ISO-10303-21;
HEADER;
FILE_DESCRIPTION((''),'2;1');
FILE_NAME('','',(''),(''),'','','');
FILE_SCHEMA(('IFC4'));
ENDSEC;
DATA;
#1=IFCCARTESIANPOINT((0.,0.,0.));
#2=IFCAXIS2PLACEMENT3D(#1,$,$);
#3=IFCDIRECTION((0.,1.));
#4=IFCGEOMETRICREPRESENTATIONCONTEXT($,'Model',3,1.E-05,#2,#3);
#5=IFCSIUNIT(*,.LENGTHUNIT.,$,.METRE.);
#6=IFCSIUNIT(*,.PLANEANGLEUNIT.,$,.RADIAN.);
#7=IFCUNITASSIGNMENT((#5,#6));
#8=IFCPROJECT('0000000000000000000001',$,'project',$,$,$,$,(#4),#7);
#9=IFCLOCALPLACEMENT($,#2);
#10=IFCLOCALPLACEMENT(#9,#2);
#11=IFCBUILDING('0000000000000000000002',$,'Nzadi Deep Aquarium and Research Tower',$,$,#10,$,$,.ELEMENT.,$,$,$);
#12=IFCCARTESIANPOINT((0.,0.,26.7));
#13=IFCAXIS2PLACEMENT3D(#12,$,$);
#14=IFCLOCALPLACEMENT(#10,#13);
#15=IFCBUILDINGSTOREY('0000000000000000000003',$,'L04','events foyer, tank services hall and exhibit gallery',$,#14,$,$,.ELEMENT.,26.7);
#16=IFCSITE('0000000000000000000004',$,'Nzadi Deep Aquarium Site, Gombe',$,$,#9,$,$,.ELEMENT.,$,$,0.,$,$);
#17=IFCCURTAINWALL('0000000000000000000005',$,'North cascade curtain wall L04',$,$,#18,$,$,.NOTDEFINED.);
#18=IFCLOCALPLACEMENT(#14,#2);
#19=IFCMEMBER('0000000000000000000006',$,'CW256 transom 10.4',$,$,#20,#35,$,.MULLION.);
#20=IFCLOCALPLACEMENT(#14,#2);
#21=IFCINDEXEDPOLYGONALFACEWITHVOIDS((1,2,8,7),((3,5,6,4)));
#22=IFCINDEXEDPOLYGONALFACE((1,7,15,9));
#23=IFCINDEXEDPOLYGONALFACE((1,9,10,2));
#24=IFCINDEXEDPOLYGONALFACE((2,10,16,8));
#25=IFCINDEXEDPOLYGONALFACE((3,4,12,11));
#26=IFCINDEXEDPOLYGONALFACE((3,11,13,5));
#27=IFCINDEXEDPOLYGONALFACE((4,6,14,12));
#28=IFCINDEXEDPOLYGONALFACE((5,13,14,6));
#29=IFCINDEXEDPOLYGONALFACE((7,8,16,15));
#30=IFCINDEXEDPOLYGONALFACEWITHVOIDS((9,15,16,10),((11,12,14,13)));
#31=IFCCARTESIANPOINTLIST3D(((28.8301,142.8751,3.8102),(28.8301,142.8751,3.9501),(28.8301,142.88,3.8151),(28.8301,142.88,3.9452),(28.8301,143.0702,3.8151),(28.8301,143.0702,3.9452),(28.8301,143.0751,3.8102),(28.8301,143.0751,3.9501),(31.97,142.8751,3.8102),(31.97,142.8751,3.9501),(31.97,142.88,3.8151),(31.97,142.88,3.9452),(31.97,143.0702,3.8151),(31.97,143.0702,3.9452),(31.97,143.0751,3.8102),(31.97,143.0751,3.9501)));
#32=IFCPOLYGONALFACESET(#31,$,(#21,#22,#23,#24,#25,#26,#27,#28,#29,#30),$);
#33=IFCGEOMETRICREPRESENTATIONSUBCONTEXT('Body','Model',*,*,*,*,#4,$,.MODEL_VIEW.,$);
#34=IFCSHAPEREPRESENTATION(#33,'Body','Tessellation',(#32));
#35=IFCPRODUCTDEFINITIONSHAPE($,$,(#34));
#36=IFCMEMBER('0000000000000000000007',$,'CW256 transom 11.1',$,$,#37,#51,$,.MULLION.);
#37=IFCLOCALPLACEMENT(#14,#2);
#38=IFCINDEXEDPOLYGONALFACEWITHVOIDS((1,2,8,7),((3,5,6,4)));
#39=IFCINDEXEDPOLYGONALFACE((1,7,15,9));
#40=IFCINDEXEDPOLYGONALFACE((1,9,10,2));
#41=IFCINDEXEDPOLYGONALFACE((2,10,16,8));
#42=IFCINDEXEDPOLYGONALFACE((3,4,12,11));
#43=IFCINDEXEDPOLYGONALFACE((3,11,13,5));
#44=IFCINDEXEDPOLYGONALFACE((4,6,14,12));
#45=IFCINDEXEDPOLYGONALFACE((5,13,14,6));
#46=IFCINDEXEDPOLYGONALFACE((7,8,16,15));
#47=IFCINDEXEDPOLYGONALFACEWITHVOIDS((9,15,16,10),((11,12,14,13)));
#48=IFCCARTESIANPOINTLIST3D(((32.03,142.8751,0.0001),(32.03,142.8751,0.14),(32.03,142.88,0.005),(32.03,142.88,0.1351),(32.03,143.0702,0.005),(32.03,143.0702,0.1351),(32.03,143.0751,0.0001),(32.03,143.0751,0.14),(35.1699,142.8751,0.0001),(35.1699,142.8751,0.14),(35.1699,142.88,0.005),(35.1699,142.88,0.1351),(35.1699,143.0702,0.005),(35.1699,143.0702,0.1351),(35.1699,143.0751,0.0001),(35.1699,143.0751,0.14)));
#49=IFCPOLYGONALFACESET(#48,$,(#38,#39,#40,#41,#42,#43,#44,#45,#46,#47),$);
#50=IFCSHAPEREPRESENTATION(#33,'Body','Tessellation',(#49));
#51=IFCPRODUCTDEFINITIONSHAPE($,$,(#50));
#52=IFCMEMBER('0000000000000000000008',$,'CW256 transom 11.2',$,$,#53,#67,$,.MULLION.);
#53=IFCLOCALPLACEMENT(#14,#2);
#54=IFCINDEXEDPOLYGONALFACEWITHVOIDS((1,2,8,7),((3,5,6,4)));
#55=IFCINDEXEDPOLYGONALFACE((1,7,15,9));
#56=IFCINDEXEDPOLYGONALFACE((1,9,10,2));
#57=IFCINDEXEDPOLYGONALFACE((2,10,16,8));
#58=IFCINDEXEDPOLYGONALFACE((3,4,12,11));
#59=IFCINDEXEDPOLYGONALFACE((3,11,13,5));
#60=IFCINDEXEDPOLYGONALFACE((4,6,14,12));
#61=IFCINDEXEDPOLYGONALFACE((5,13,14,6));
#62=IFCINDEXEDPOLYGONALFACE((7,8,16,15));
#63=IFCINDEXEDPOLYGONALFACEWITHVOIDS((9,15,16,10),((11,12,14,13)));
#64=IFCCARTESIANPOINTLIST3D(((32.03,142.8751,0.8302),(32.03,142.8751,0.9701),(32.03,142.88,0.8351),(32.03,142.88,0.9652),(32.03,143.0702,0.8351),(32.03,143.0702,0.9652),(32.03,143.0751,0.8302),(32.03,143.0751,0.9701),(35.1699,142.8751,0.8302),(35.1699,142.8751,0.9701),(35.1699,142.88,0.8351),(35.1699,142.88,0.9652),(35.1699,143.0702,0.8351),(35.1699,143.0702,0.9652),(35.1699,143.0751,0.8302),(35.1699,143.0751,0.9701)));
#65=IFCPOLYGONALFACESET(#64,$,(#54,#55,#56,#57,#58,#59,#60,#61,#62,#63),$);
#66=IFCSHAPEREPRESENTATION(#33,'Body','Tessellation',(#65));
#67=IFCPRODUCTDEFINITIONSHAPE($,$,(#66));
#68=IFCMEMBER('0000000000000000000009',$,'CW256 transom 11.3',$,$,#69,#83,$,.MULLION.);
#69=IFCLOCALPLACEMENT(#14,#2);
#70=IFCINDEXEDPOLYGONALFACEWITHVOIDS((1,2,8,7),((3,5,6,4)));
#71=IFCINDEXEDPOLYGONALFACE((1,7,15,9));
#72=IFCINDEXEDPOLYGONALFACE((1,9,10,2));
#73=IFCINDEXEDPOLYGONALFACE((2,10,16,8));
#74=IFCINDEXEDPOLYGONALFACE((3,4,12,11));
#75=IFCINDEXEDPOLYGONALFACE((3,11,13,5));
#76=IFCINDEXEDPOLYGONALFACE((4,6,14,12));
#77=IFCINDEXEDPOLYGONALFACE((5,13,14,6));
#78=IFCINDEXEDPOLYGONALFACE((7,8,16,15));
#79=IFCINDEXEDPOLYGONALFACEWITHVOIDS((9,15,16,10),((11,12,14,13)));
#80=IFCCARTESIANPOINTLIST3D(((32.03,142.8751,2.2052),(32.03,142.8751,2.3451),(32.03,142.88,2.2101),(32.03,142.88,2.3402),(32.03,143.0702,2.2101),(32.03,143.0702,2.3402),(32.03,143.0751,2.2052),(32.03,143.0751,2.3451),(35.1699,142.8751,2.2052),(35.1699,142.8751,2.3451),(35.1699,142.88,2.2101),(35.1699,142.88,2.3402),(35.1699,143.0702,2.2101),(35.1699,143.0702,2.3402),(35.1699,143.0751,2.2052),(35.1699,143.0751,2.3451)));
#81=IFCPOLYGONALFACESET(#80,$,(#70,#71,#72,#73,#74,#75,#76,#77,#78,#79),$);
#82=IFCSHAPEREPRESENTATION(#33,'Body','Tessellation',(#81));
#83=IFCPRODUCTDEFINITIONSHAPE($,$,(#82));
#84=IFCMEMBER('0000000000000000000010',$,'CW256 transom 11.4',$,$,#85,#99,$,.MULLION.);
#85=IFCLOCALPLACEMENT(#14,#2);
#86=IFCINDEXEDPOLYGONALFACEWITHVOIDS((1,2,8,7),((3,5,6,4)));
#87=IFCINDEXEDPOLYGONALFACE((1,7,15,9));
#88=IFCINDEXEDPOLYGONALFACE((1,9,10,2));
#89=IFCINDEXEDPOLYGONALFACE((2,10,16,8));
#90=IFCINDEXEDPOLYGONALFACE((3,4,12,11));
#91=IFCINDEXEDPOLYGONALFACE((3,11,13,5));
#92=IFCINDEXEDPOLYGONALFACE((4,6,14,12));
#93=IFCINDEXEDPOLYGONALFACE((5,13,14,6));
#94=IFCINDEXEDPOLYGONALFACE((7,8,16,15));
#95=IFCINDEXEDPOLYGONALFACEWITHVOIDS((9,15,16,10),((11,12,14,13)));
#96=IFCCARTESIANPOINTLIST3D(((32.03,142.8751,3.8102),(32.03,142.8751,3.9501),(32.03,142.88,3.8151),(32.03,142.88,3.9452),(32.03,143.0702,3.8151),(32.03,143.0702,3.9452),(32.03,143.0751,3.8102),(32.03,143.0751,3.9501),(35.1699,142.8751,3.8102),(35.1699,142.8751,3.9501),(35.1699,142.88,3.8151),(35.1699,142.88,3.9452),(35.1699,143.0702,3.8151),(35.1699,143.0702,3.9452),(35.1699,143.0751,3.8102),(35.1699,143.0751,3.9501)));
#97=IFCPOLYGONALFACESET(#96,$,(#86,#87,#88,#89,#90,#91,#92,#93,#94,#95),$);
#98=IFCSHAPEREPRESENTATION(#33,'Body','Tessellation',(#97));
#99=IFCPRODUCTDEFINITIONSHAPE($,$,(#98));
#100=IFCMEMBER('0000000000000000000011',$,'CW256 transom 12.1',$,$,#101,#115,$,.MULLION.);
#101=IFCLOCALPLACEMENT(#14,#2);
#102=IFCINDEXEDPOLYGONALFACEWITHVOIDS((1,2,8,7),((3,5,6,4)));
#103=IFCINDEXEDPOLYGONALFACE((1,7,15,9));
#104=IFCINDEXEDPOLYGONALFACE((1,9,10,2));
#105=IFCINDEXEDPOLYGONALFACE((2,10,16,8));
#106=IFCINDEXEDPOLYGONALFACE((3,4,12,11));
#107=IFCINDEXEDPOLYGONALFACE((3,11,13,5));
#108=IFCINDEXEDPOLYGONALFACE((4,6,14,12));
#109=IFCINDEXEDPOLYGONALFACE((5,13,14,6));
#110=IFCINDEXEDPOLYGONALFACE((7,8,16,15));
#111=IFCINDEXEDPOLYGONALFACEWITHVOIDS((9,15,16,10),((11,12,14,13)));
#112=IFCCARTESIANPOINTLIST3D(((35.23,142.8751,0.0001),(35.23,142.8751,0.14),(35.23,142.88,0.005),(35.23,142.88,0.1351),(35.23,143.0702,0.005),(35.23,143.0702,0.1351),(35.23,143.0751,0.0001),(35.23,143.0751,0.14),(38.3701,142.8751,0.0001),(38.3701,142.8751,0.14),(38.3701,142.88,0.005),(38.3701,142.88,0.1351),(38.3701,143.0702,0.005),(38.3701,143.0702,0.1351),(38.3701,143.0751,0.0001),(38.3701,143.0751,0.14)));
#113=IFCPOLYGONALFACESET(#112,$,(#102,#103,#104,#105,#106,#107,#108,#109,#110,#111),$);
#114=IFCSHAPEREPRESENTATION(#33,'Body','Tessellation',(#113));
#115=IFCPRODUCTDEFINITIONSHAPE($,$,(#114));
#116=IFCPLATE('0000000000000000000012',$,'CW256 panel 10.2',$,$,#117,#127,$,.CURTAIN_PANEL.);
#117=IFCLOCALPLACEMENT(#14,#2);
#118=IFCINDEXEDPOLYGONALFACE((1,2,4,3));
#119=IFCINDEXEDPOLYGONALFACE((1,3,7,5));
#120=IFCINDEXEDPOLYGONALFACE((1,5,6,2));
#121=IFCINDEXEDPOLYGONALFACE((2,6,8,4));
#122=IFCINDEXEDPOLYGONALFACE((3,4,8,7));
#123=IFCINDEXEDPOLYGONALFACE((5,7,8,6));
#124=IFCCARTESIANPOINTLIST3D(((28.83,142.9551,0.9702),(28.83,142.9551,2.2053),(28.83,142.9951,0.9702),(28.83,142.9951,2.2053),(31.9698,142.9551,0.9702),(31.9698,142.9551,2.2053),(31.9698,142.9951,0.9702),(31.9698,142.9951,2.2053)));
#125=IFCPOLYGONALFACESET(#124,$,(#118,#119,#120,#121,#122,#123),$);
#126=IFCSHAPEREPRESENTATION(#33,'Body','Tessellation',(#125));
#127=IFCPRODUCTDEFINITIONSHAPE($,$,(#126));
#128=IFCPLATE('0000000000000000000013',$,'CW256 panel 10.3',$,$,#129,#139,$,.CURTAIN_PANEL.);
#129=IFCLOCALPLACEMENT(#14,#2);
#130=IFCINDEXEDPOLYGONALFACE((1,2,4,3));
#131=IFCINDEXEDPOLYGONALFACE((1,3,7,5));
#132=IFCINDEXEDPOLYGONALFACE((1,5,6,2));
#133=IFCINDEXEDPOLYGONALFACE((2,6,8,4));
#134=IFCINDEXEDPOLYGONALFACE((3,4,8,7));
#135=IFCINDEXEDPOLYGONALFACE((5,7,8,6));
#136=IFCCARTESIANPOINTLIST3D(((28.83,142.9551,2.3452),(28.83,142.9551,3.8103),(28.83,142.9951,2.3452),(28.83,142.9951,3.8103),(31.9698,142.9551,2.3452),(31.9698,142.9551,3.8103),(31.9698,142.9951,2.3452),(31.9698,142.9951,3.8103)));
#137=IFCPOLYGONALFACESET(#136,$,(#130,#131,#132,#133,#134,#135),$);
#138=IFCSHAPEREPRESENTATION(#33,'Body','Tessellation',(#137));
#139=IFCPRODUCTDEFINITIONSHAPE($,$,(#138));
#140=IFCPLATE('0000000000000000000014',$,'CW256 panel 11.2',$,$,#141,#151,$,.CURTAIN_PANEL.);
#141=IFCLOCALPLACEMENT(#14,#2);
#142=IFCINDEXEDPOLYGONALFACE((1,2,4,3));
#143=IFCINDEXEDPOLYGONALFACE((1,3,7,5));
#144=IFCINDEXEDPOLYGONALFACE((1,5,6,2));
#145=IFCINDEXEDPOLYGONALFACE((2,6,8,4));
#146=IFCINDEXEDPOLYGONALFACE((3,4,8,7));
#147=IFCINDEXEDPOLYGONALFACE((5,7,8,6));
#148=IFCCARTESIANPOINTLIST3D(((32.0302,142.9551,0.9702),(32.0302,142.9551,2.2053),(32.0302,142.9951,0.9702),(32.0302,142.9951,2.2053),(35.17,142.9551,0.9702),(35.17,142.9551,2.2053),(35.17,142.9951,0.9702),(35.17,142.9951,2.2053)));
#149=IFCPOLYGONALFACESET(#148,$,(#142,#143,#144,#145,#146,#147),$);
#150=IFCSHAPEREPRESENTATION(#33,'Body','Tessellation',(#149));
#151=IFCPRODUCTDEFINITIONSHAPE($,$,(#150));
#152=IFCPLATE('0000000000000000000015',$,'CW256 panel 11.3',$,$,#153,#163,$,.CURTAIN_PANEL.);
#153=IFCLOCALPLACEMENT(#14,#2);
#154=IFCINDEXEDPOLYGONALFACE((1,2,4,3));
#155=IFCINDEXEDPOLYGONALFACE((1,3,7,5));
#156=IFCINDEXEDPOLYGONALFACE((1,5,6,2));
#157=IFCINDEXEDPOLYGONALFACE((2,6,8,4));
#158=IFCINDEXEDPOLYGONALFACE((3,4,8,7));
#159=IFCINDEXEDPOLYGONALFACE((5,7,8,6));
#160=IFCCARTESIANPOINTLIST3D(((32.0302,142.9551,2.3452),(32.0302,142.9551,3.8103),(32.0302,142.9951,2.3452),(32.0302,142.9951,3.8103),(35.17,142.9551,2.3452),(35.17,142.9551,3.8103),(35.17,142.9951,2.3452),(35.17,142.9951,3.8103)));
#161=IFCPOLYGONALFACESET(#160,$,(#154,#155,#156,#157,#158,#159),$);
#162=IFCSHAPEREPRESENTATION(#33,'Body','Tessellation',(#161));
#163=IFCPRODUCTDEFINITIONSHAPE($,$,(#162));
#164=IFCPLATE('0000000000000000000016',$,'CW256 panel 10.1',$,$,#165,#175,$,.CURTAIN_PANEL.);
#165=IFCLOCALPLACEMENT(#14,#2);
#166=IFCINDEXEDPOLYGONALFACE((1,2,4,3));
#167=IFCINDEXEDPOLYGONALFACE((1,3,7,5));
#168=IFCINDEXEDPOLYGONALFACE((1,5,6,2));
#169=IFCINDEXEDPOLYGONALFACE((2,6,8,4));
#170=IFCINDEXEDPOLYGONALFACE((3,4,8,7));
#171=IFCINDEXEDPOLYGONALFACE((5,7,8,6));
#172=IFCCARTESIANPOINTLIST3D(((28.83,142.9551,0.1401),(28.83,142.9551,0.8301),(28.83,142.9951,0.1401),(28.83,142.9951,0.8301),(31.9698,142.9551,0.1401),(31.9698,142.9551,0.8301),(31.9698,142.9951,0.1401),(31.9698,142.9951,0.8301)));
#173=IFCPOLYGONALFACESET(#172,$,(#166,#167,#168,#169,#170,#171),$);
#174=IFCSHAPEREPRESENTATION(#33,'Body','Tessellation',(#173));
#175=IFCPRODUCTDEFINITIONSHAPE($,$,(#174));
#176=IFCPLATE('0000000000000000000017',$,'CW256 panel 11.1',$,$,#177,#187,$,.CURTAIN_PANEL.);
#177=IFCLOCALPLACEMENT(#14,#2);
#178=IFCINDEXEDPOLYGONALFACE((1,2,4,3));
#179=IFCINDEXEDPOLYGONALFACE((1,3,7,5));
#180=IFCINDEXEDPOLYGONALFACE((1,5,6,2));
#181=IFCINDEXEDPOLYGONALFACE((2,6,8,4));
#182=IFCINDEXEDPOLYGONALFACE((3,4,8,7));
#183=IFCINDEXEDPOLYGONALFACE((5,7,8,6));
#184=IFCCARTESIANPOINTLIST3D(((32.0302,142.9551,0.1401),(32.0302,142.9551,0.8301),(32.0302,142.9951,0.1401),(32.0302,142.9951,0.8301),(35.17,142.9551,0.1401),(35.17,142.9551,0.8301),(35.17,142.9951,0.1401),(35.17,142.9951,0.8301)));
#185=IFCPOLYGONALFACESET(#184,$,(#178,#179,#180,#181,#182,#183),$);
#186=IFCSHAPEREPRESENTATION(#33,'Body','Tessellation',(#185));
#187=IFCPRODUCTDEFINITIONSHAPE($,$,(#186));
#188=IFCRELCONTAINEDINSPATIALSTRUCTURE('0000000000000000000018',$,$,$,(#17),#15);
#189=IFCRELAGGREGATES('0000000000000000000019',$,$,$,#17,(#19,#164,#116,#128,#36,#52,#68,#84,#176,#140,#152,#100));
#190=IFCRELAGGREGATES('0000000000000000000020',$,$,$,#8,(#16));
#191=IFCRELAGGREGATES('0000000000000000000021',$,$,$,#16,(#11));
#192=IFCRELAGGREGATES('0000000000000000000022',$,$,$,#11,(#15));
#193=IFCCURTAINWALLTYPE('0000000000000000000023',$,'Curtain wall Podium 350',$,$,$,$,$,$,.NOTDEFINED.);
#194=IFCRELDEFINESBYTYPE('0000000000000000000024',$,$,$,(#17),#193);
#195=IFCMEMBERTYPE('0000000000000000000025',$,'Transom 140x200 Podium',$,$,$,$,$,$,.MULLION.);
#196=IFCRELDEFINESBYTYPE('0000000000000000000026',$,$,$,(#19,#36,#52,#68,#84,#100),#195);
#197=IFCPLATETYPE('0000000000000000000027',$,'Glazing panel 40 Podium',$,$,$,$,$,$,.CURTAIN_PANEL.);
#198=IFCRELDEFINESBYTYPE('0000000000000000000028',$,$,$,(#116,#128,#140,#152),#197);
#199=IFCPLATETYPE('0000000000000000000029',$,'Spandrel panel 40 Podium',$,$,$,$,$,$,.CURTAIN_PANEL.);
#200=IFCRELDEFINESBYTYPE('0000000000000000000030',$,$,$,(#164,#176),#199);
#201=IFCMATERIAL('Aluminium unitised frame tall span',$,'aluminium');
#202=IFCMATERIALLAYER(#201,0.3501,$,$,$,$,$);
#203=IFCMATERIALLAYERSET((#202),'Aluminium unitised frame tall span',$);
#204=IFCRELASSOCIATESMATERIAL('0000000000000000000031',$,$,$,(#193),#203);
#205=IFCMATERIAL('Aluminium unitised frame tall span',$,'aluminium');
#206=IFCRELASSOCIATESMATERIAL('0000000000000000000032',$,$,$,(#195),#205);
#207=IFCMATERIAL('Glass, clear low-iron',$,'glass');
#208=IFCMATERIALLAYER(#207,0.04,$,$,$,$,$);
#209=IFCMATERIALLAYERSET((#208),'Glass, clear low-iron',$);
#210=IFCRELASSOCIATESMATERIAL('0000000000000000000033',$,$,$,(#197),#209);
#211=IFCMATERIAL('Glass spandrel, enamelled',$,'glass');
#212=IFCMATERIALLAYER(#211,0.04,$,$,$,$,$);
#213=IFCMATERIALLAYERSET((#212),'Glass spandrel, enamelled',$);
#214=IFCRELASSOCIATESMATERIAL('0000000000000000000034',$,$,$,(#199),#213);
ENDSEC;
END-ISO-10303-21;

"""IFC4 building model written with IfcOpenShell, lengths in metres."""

from ifc_helpers import new_model, si_unit, direction, frame, origin, origin_2d, place, context, subcontext, project, spatial, rectangle, hollow_rectangle, extrude, material, layer, layer_set, material_profile, profile_set, type_object, element, aggregate, save


model = new_model("IFC4")

# Units and contexts
model_context = context("Model", 3, precision=1e-05, world=origin(), true_north=direction((0.0, 1.0)))
body_context = subcontext(model_context, "Body", "Model", "MODEL_VIEW")
ifc_project = project(units=[si_unit("LENGTHUNIT", "METRE"), si_unit("PLANEANGLEUNIT", "RADIAN")], contexts=[model_context])

# Site, building, storey
site_placement = place(None, origin())
site = spatial("IfcSite", under=ifc_project, at=site_placement, Name="Nzadi Deep Aquarium Site, Gombe", CompositionType="ELEMENT", RefElevation=0.0)
building_placement = place(site_placement, origin())
building = spatial("IfcBuilding", under=site, at=building_placement, Name="Nzadi Deep Aquarium and Research Tower", CompositionType="ELEMENT")
storey_placement = place(building_placement, frame((0.0, 0.0, 26.7)))
storey = spatial("IfcBuildingStorey", under=building, at=storey_placement, Name="L04", Description="events foyer, tank services hall and exhibit gallery", CompositionType="ELEMENT", Elevation=26.7)

# Curtain wall
ifc_material_1 = material(Name="Aluminium unitised frame tall span", Category="aluminium")
ifc_layer_1 = layer(ifc_material_1, 0.3501)
ifc_layer_set_1 = layer_set([ifc_layer_1], Name="Aluminium unitised frame tall span")
curtain_wall_type = type_object("IfcCurtainWallType", Name="Curtain wall Podium 350", PredefinedType="NOTDEFINED", material=ifc_layer_set_1)
curtain_wall_placement = place(storey_placement, origin())
curtain_wall = element("IfcCurtainWall", 1, at=curtain_wall_placement, inside=storey, type_object=curtain_wall_type, Name="North cascade curtain wall L04", PredefinedType="NOTDEFINED")

# Members
ifc_material_2 = material(Name="Aluminium unitised frame tall span", Category="aluminium")
ifc_material_profile_1 = material_profile(ifc_material_2, hollow_rectangle(XDim=0.2, YDim=0.1399, WallThickness=0.0049, at=origin_2d()))
ifc_profile_set_1 = profile_set([ifc_material_profile_1], Name="Aluminium unitised frame tall span")
member_type_1 = type_object("IfcMemberType", Name="Transom 140x200 Podium", PredefinedType="MULLION", material=ifc_profile_set_1)
member_1_placement = place(storey_placement, frame((28.8301, 142.9751, 3.8801), z_axis=(1.0, 0.0, 0.0), x_axis=(0.0, 1.0, 0.0)))
member_1 = element("IfcMember", 2, at=member_1_placement, type_object=member_type_1, Name="CW256 transom 10.4", PredefinedType="MULLION", context=body_context, shape_type="SweptSolid", body=[
    extrude(hollow_rectangle(XDim=0.2, YDim=0.1399, WallThickness=0.0049, at=origin_2d()), origin(), (0.0, 0.0, 1.0), 3.1399),
])
member_2_placement = place(storey_placement, frame((32.03, 142.9751, 0.0701), z_axis=(1.0, 0.0, 0.0), x_axis=(0.0, 1.0, 0.0)))
member_2 = element("IfcMember", 3, at=member_2_placement, type_object=member_type_1, Name="CW256 transom 11.1", PredefinedType="MULLION", context=body_context, shape_type="SweptSolid", body=[
    extrude(hollow_rectangle(XDim=0.2, YDim=0.1399, WallThickness=0.0049, at=origin_2d()), origin(), (0.0, 0.0, 1.0), 3.1399),
])
member_3_placement = place(storey_placement, frame((32.03, 142.9751, 0.9001), z_axis=(1.0, 0.0, 0.0), x_axis=(0.0, 1.0, 0.0)))
member_3 = element("IfcMember", 4, at=member_3_placement, type_object=member_type_1, Name="CW256 transom 11.2", PredefinedType="MULLION", context=body_context, shape_type="SweptSolid", body=[
    extrude(hollow_rectangle(XDim=0.2, YDim=0.1399, WallThickness=0.0049, at=origin_2d()), origin(), (0.0, 0.0, 1.0), 3.1399),
])
member_4_placement = place(storey_placement, frame((32.03, 142.9751, 2.2751), z_axis=(1.0, 0.0, 0.0), x_axis=(0.0, 1.0, 0.0)))
member_4 = element("IfcMember", 5, at=member_4_placement, type_object=member_type_1, Name="CW256 transom 11.3", PredefinedType="MULLION", context=body_context, shape_type="SweptSolid", body=[
    extrude(hollow_rectangle(XDim=0.2, YDim=0.1399, WallThickness=0.0049, at=origin_2d()), origin(), (0.0, 0.0, 1.0), 3.1399),
])
member_5_placement = place(storey_placement, frame((32.03, 142.9751, 3.8801), z_axis=(1.0, 0.0, 0.0), x_axis=(0.0, 1.0, 0.0)))
member_5 = element("IfcMember", 6, at=member_5_placement, type_object=member_type_1, Name="CW256 transom 11.4", PredefinedType="MULLION", context=body_context, shape_type="SweptSolid", body=[
    extrude(hollow_rectangle(XDim=0.2, YDim=0.1399, WallThickness=0.0049, at=origin_2d()), origin(), (0.0, 0.0, 1.0), 3.1399),
])
member_6_placement = place(storey_placement, frame((35.23, 142.9751, 0.0701), z_axis=(1.0, 0.0, 0.0), x_axis=(0.0, 1.0, 0.0)))
member_6 = element("IfcMember", 7, at=member_6_placement, type_object=member_type_1, Name="CW256 transom 12.1", PredefinedType="MULLION", context=body_context, shape_type="SweptSolid", body=[
    extrude(hollow_rectangle(XDim=0.2, YDim=0.1399, WallThickness=0.0049, at=origin_2d()), origin(), (0.0, 0.0, 1.0), 3.1401),
])

# Plates
ifc_material_3 = material(Name="Glass, clear low-iron", Category="glass")
ifc_layer_2 = layer(ifc_material_3, 0.04)
ifc_layer_set_2 = layer_set([ifc_layer_2], Name="Glass, clear low-iron")
plate_type_1 = type_object("IfcPlateType", Name="Glazing panel 40 Podium", PredefinedType="CURTAIN_PANEL", material=ifc_layer_set_2)
plate_1_placement = place(storey_placement, frame((30.3999, 142.9751, 0.9702), z_axis=(0.0, 0.0, 1.0), x_axis=(1.0, 0.0, 0.0)))
plate_1 = element("IfcPlate", 8, at=plate_1_placement, type_object=plate_type_1, Name="CW256 panel 10.2", PredefinedType="CURTAIN_PANEL", context=body_context, shape_type="SweptSolid", body=[
    extrude(rectangle(XDim=3.1399, YDim=0.04, at=origin_2d()), origin(), (0.0, 0.0, 1.0), 1.2351),
])
plate_2_placement = place(storey_placement, frame((30.3999, 142.9751, 2.3452), z_axis=(0.0, 0.0, 1.0), x_axis=(1.0, 0.0, 0.0)))
plate_2 = element("IfcPlate", 9, at=plate_2_placement, type_object=plate_type_1, Name="CW256 panel 10.3", PredefinedType="CURTAIN_PANEL", context=body_context, shape_type="SweptSolid", body=[
    extrude(rectangle(XDim=3.1399, YDim=0.04, at=origin_2d()), origin(), (0.0, 0.0, 1.0), 1.4651),
])
plate_3_placement = place(storey_placement, frame((33.6001, 142.9751, 0.9702), z_axis=(0.0, 0.0, 1.0), x_axis=(1.0, 0.0, 0.0)))
plate_3 = element("IfcPlate", 10, at=plate_3_placement, type_object=plate_type_1, Name="CW256 panel 11.2", PredefinedType="CURTAIN_PANEL", context=body_context, shape_type="SweptSolid", body=[
    extrude(rectangle(XDim=3.1399, YDim=0.04, at=origin_2d()), origin(), (0.0, 0.0, 1.0), 1.2351),
])
plate_4_placement = place(storey_placement, frame((33.6001, 142.9751, 2.3452), z_axis=(0.0, 0.0, 1.0), x_axis=(1.0, 0.0, 0.0)))
plate_4 = element("IfcPlate", 11, at=plate_4_placement, type_object=plate_type_1, Name="CW256 panel 11.3", PredefinedType="CURTAIN_PANEL", context=body_context, shape_type="SweptSolid", body=[
    extrude(rectangle(XDim=3.1399, YDim=0.04, at=origin_2d()), origin(), (0.0, 0.0, 1.0), 1.4651),
])
ifc_material_4 = material(Name="Glass spandrel, enamelled", Category="glass")
ifc_layer_3 = layer(ifc_material_4, 0.04)
ifc_layer_set_3 = layer_set([ifc_layer_3], Name="Glass spandrel, enamelled")
plate_type_2 = type_object("IfcPlateType", Name="Spandrel panel 40 Podium", PredefinedType="CURTAIN_PANEL", material=ifc_layer_set_3)
plate_5_placement = place(storey_placement, frame((30.3999, 142.9751, 0.1401), z_axis=(0.0, 0.0, 1.0), x_axis=(1.0, 0.0, 0.0)))
plate_5 = element("IfcPlate", 12, at=plate_5_placement, type_object=plate_type_2, Name="CW256 panel 10.1", PredefinedType="CURTAIN_PANEL", context=body_context, shape_type="SweptSolid", body=[
    extrude(rectangle(XDim=3.1399, YDim=0.04, at=origin_2d()), origin(), (0.0, 0.0, 1.0), 0.6899),
])
plate_6_placement = place(storey_placement, frame((33.6001, 142.9751, 0.1401), z_axis=(0.0, 0.0, 1.0), x_axis=(1.0, 0.0, 0.0)))
plate_6 = element("IfcPlate", 13, at=plate_6_placement, type_object=plate_type_2, Name="CW256 panel 11.1", PredefinedType="CURTAIN_PANEL", context=body_context, shape_type="SweptSolid", body=[
    extrude(rectangle(XDim=3.1399, YDim=0.04, at=origin_2d()), origin(), (0.0, 0.0, 1.0), 0.6899),
])
aggregate(curtain_wall, [member_1, plate_5, plate_1, plate_2, member_2, member_3, member_4, member_5, plate_6, plate_3, plate_4, member_6])

save(model, "model.ifc")
